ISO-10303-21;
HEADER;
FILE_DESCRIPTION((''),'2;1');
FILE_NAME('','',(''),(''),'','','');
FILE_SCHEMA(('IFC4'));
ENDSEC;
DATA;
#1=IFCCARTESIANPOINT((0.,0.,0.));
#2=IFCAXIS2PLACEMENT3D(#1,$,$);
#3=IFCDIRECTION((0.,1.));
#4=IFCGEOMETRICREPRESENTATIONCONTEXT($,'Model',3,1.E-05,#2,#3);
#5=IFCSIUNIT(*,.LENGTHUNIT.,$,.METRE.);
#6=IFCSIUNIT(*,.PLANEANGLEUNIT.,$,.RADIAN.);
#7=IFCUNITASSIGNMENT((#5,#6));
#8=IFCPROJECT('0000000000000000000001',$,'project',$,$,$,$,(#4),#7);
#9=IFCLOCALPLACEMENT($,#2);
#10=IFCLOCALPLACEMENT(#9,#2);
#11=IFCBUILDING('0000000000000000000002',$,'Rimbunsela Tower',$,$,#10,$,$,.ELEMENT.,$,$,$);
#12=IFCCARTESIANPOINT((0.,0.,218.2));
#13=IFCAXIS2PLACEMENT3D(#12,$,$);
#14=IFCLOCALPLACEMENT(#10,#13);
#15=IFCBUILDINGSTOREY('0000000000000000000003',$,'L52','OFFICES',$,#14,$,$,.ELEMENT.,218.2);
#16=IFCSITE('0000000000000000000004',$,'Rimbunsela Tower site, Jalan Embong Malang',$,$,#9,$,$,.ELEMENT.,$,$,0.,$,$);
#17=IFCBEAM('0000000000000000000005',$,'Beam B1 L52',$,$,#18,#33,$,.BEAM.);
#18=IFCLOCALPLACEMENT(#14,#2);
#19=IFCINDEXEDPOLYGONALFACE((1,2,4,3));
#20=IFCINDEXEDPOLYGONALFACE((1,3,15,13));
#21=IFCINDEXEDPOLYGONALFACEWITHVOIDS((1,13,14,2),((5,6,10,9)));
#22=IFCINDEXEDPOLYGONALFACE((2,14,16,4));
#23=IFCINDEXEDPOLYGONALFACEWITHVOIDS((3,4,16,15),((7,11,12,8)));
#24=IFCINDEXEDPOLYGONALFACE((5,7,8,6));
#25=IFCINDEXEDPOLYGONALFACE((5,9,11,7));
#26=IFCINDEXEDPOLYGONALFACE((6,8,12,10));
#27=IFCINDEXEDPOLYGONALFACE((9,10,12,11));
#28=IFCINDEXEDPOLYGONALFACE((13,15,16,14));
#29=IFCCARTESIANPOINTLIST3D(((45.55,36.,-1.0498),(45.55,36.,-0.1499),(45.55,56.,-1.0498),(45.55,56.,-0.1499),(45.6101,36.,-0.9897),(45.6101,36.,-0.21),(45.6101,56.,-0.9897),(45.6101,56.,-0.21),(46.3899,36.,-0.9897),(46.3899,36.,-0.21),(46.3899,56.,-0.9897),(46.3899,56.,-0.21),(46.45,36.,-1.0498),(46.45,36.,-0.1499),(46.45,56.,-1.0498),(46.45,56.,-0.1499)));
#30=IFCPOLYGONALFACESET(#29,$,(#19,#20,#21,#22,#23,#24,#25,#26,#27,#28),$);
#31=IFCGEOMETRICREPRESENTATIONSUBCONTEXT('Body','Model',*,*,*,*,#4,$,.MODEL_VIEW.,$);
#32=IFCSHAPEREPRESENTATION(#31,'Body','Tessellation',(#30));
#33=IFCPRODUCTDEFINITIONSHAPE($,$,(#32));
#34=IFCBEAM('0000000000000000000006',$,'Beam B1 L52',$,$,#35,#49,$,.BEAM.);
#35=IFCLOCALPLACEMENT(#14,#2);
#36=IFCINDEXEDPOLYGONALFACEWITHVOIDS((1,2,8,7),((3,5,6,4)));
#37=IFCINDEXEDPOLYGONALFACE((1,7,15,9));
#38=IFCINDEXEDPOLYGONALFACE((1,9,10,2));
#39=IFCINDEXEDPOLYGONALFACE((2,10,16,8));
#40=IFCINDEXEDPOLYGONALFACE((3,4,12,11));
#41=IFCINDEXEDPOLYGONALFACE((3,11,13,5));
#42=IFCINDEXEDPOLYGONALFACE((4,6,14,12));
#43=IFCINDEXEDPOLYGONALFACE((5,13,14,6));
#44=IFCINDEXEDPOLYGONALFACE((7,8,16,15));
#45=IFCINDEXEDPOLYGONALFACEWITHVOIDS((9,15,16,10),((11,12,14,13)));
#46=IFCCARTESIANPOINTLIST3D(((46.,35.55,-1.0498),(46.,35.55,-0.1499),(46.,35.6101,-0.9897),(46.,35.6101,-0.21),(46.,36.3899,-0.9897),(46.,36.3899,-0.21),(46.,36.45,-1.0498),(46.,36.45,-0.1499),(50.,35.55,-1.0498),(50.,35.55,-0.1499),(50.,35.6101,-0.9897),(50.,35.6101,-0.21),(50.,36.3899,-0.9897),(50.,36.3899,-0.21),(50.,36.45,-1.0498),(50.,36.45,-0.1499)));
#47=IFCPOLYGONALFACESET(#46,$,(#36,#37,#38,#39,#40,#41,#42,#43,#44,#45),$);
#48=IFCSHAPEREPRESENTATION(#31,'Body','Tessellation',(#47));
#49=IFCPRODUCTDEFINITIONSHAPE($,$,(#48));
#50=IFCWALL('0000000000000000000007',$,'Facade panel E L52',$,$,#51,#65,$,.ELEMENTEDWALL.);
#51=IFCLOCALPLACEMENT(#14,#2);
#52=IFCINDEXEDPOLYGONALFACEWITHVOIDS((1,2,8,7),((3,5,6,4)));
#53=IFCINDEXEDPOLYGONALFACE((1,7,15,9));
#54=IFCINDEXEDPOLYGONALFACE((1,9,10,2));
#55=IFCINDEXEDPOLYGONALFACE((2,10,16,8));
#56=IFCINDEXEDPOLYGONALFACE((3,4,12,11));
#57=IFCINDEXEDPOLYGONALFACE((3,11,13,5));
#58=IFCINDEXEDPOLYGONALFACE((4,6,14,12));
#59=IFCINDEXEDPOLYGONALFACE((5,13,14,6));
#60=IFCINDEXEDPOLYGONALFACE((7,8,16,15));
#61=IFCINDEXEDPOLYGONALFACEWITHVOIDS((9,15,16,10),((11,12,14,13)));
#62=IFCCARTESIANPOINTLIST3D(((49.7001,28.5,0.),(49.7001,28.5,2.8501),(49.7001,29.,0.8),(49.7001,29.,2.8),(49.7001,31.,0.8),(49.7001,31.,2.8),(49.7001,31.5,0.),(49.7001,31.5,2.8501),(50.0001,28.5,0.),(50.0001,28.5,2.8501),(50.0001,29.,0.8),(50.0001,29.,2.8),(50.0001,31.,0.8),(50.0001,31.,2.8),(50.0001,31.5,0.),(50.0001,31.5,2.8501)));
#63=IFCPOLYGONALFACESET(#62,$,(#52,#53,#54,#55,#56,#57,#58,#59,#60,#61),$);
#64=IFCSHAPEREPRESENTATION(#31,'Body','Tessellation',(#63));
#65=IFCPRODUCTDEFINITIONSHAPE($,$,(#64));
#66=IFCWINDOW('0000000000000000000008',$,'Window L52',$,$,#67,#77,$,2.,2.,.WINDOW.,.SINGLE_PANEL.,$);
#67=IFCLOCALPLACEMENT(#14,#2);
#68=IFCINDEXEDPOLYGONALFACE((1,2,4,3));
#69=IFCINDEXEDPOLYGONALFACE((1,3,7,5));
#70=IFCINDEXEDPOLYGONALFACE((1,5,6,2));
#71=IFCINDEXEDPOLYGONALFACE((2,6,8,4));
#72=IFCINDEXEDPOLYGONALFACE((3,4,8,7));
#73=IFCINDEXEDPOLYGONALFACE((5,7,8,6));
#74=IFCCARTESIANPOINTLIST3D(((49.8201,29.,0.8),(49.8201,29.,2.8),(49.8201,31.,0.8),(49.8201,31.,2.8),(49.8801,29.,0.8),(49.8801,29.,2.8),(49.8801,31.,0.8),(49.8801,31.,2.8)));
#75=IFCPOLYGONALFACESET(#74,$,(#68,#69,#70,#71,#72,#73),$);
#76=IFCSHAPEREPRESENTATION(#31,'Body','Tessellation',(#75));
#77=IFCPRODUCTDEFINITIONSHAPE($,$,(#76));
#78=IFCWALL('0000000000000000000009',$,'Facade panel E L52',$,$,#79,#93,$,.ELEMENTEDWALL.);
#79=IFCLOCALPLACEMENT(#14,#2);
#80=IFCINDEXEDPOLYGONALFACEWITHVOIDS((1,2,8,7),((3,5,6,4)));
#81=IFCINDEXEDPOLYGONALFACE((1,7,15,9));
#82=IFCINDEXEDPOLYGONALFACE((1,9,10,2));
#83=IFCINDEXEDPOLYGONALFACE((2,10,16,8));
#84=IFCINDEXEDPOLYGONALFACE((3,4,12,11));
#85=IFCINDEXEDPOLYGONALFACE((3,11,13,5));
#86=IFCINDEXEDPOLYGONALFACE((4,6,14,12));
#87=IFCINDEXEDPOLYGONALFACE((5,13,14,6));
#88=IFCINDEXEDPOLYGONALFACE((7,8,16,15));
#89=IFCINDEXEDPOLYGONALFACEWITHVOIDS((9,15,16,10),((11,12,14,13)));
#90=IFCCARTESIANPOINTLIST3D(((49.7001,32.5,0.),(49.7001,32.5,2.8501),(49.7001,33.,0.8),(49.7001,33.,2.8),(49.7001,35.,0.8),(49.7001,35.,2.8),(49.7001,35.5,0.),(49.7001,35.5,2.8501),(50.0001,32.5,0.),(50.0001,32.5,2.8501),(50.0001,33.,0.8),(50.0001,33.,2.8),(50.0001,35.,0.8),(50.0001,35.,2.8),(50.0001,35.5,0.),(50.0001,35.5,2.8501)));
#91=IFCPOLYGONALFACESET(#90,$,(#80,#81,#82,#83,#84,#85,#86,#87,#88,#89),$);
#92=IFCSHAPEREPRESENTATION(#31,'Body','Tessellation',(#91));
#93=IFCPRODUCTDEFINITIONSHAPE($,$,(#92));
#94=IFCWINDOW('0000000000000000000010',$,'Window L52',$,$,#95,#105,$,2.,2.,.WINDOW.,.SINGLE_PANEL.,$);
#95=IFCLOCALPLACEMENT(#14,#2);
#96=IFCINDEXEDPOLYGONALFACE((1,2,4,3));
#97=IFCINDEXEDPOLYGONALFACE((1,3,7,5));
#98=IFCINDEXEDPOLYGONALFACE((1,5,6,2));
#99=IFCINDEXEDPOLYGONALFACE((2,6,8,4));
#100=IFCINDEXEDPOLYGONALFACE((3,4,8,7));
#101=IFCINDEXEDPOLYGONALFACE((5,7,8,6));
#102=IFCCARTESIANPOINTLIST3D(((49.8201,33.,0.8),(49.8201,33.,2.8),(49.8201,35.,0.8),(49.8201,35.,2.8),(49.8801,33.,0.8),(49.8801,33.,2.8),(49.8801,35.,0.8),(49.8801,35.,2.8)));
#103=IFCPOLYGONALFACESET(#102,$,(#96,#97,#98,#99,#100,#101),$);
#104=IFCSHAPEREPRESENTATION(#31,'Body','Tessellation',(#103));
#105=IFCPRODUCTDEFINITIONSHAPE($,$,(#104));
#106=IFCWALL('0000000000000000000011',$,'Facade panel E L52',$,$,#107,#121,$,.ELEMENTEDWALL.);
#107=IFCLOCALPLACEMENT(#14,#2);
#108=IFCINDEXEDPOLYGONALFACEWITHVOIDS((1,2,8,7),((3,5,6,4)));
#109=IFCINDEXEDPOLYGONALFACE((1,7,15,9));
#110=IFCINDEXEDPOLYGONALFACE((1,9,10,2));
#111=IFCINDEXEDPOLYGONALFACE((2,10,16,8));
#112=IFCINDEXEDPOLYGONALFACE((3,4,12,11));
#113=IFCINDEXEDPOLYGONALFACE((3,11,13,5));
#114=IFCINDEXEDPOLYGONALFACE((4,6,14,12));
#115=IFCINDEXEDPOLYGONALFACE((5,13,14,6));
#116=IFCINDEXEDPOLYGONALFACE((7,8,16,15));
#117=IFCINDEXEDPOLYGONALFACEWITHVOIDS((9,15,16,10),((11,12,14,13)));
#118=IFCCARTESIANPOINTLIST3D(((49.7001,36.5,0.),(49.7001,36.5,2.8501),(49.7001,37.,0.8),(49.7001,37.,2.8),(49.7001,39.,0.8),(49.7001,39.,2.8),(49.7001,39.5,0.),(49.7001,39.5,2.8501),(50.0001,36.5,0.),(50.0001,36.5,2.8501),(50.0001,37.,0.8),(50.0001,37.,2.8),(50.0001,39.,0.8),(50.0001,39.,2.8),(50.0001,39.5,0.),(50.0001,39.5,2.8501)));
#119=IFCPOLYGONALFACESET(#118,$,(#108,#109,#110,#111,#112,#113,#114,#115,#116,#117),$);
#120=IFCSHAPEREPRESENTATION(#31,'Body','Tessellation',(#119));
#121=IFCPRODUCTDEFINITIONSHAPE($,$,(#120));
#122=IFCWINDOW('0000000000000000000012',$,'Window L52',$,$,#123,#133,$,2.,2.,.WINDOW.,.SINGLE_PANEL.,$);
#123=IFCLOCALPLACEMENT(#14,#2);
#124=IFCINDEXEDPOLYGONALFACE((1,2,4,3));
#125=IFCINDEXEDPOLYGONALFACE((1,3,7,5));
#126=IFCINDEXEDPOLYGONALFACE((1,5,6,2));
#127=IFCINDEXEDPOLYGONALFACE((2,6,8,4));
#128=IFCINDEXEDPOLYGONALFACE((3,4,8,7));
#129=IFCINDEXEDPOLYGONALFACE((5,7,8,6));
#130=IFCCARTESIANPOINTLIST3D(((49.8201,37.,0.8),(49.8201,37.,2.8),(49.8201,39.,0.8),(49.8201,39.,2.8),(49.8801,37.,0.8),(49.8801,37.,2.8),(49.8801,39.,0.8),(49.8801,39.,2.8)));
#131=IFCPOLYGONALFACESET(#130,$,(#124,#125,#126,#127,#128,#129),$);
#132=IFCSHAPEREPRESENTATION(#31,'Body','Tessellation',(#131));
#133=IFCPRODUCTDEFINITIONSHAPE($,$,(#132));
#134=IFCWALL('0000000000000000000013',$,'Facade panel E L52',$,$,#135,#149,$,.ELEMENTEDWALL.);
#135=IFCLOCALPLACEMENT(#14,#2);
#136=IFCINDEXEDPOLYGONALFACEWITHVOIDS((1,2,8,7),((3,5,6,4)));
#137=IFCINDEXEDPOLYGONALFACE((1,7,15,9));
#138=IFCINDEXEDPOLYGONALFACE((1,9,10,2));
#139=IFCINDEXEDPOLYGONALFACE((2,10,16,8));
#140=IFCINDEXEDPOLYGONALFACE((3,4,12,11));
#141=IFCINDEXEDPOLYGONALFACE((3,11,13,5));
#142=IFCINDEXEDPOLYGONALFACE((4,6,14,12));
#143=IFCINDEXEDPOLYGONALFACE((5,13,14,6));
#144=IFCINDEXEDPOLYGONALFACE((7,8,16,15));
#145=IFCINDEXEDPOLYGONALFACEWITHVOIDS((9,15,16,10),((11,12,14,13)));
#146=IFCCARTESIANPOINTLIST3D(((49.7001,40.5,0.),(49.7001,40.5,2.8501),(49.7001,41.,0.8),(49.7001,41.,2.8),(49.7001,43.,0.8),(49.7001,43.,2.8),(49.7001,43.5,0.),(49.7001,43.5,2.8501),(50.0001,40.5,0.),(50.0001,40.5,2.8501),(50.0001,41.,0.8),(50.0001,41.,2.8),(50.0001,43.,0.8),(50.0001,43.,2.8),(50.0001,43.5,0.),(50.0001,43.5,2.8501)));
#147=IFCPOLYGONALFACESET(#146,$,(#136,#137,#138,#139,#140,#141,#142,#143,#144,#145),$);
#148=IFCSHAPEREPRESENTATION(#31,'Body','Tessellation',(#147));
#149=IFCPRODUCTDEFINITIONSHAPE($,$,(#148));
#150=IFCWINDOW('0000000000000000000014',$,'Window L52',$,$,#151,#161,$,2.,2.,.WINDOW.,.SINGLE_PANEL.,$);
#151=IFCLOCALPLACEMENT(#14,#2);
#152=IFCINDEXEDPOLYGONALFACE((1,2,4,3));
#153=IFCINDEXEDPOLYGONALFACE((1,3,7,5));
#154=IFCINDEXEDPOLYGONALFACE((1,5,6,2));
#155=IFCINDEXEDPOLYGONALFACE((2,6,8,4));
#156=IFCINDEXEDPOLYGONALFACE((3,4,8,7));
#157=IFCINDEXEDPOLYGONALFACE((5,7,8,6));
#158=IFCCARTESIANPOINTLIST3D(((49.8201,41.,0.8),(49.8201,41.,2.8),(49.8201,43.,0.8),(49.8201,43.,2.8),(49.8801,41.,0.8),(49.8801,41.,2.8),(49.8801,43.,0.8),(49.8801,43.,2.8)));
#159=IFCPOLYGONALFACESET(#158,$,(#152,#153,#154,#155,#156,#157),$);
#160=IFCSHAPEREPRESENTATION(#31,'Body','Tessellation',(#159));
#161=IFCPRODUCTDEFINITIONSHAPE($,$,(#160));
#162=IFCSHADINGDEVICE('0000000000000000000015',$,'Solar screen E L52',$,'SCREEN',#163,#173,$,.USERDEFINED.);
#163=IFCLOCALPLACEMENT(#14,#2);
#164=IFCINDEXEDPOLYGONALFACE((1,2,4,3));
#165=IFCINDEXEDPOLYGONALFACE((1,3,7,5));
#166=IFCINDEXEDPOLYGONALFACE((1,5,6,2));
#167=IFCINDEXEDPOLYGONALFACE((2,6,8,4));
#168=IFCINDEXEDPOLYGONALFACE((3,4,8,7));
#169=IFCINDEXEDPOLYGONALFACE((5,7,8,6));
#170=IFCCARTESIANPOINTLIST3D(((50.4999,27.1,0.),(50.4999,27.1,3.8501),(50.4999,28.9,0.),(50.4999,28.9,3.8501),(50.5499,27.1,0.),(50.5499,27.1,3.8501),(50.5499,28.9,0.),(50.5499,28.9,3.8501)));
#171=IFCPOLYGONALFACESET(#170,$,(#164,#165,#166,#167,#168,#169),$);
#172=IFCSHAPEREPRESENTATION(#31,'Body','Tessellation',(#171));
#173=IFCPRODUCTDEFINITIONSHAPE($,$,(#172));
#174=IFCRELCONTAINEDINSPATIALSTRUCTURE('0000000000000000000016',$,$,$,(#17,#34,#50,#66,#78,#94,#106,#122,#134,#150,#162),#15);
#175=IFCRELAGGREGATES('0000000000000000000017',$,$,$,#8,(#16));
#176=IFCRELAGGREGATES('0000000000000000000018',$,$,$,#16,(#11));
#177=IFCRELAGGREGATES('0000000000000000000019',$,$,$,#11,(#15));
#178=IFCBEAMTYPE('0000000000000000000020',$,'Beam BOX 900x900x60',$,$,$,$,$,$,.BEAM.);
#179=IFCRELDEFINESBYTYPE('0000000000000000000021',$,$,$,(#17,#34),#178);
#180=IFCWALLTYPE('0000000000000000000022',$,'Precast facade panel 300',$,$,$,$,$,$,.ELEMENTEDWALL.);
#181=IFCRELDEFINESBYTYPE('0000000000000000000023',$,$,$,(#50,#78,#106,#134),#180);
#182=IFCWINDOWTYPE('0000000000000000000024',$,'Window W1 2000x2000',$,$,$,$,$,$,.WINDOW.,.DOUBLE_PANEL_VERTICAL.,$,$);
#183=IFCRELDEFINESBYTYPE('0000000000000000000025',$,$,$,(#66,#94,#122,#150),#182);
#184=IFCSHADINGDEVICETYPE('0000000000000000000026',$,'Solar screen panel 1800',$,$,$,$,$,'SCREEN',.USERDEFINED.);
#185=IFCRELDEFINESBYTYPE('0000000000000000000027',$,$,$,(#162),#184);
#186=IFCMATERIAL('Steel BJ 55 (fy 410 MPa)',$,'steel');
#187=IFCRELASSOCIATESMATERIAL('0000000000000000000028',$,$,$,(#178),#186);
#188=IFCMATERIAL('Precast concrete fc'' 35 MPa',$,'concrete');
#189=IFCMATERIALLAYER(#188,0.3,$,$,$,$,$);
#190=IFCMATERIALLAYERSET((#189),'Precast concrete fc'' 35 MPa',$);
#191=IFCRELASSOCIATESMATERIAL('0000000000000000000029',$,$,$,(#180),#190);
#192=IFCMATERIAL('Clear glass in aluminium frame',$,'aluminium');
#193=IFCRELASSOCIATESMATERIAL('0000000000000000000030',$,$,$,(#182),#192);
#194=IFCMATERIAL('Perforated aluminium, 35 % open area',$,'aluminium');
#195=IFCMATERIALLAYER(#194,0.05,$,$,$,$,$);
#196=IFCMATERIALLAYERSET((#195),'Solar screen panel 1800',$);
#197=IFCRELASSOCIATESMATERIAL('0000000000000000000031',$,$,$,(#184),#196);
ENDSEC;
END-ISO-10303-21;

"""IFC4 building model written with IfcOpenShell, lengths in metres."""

from ifc_helpers import new_model, si_unit, direction, frame, frame_2d, origin, origin_2d, place, context, subcontext, project, spatial, rectangle, hollow_rectangle, extrude, material, layer, layer_set, material_profile, profile_set, type_object, element, fill, save


model = new_model("IFC4")

# Units and contexts
model_context = context("Model", 3, precision=1e-05, world=origin(), true_north=direction((0.0, 1.0)))
body_context = subcontext(model_context, "Body", "Model", "MODEL_VIEW")
ifc_project = project(units=[si_unit("LENGTHUNIT", "METRE"), si_unit("PLANEANGLEUNIT", "RADIAN")], contexts=[model_context])

# Site, building, storey
site_placement = place(None, origin())
site = spatial("IfcSite", under=ifc_project, at=site_placement, Name="Rimbunsela Tower site, Jalan Embong Malang", CompositionType="ELEMENT", RefElevation=0.0)
building_placement = place(site_placement, origin())
building = spatial("IfcBuilding", under=site, at=building_placement, Name="Rimbunsela Tower", CompositionType="ELEMENT")
storey_placement = place(building_placement, frame((0.0, 0.0, 218.2)))
storey = spatial("IfcBuildingStorey", under=building, at=storey_placement, Name="L52", Description="OFFICES", CompositionType="ELEMENT", Elevation=218.2)

# Beams
ifc_material_1 = material(Name="Steel BJ 55 (fy 410 MPa)", Category="steel")
ifc_material_profile_1 = material_profile(ifc_material_1, hollow_rectangle(XDim=0.8999, YDim=0.8999, WallThickness=0.0601, at=origin_2d()), Name="BOX 900x900x60")
ifc_profile_set_1 = profile_set([ifc_material_profile_1], Name="Steel BJ 55 (fy 410 MPa)")
beam_type_1 = type_object("IfcBeamType", Name="Beam BOX 900x900x60", PredefinedType="BEAM", material=ifc_profile_set_1)
beam_1_placement = place(storey_placement, frame((46.0, 36.0, -0.5999), z_axis=(0.0, 1.0, 0.0), x_axis=(-1.0, 0.0, 0.0)))
element("IfcBeam", 1, at=beam_1_placement, inside=storey, type_object=beam_type_1, Name="Beam B1 L52", PredefinedType="BEAM", context=body_context, shape_type="SweptSolid", body=[
    extrude(hollow_rectangle(XDim=0.8999, YDim=0.8999, WallThickness=0.0601, at=origin_2d()), origin(), (0.0, 0.0, 1.0), 20.0),
])
beam_2_placement = place(storey_placement, frame((46.0, 36.0, -0.5999), z_axis=(1.0, 0.0, 0.0), x_axis=(0.0, 1.0, 0.0)))
element("IfcBeam", 2, at=beam_2_placement, inside=storey, type_object=beam_type_1, Name="Beam B1 L52", PredefinedType="BEAM", context=body_context, shape_type="SweptSolid", body=[
    extrude(hollow_rectangle(XDim=0.8999, YDim=0.8999, WallThickness=0.0601, at=origin_2d()), origin(), (0.0, 0.0, 1.0), 4.0),
])

# Walls, openings, windows
ifc_material_2 = material(Name="Precast concrete fc' 35 MPa", Category="concrete")
ifc_layer_1 = layer(ifc_material_2, 0.3)
ifc_layer_set_1 = layer_set([ifc_layer_1], Name="Precast concrete fc' 35 MPa")
wall_type = type_object("IfcWallType", Name="Precast facade panel 300", PredefinedType="ELEMENTEDWALL", material=ifc_layer_set_1)
wall_1_placement = place(storey_placement, frame((49.8501, 28.5, 0.0), z_axis=(0.0, 0.0, 1.0), x_axis=(0.0, 1.0, 0.0)))
wall_1 = element("IfcWall", 3, at=wall_1_placement, inside=storey, type_object=wall_type, Name="Facade panel E L52", PredefinedType="ELEMENTEDWALL", context=body_context, shape_type="SweptSolid", body=[
    extrude(rectangle(XDim=3.0, YDim=0.3, at=frame_2d((1.5, 0.0))), origin(), (0.0, 0.0, 1.0), 2.8501),
])
opening_1_placement = place(wall_1_placement, frame((0.5, 0.0, 0.8)))
opening_1 = element("IfcOpeningElement", 4, at=opening_1_placement, cuts=wall_1, PredefinedType="OPENING", context=body_context, shape_type="SweptSolid", body=[
    extrude(rectangle(XDim=2.0, YDim=2.0, at=frame_2d((1.0, 1.0))), frame((0.0, 0.1599, 0.0), z_axis=(0.0, -1.0, 0.0), x_axis=(1.0, 0.0, 0.0)), (0.0, 0.0, 1.0), 0.3201),
])
ifc_material_3 = material(Name="Clear glass in aluminium frame", Category="aluminium")
window_type = type_object("IfcWindowType", Name="Window W1 2000x2000", PartitioningType="DOUBLE_PANEL_VERTICAL", PredefinedType="WINDOW", material=ifc_material_3)
window_1_placement = place(opening_1_placement, origin())
window_1 = element("IfcWindow", 5, at=window_1_placement, inside=storey, type_object=window_type, Name="Window L52", OverallHeight=2.0, OverallWidth=2.0, PartitioningType="SINGLE_PANEL", PredefinedType="WINDOW", context=body_context, shape_type="SweptSolid", body=[
    extrude(rectangle(XDim=2.0, YDim=2.0, at=frame_2d((1.0, 1.0))), frame((0.0, 0.03, 0.0), z_axis=(0.0, -1.0, 0.0), x_axis=(1.0, 0.0, 0.0)), (0.0, 0.0, 1.0), 0.0601),
])
fill(opening_1, window_1)
wall_2_placement = place(storey_placement, frame((49.8501, 32.5, 0.0), z_axis=(0.0, 0.0, 1.0), x_axis=(0.0, 1.0, 0.0)))
wall_2 = element("IfcWall", 6, at=wall_2_placement, inside=storey, type_object=wall_type, Name="Facade panel E L52", PredefinedType="ELEMENTEDWALL", context=body_context, shape_type="SweptSolid", body=[
    extrude(rectangle(XDim=3.0, YDim=0.3, at=frame_2d((1.5, 0.0))), origin(), (0.0, 0.0, 1.0), 2.8501),
])
opening_2_placement = place(wall_2_placement, frame((0.5, 0.0, 0.8)))
opening_2 = element("IfcOpeningElement", 7, at=opening_2_placement, cuts=wall_2, PredefinedType="OPENING", context=body_context, shape_type="SweptSolid", body=[
    extrude(rectangle(XDim=2.0, YDim=2.0, at=frame_2d((1.0, 1.0))), frame((0.0, 0.1599, 0.0), z_axis=(0.0, -1.0, 0.0), x_axis=(1.0, 0.0, 0.0)), (0.0, 0.0, 1.0), 0.3201),
])
window_2_placement = place(opening_2_placement, origin())
window_2 = element("IfcWindow", 8, at=window_2_placement, inside=storey, type_object=window_type, Name="Window L52", OverallHeight=2.0, OverallWidth=2.0, PartitioningType="SINGLE_PANEL", PredefinedType="WINDOW", context=body_context, shape_type="SweptSolid", body=[
    extrude(rectangle(XDim=2.0, YDim=2.0, at=frame_2d((1.0, 1.0))), frame((0.0, 0.03, 0.0), z_axis=(0.0, -1.0, 0.0), x_axis=(1.0, 0.0, 0.0)), (0.0, 0.0, 1.0), 0.0601),
])
fill(opening_2, window_2)
wall_3_placement = place(storey_placement, frame((49.8501, 36.5, 0.0), z_axis=(0.0, 0.0, 1.0), x_axis=(0.0, 1.0, 0.0)))
wall_3 = element("IfcWall", 9, at=wall_3_placement, inside=storey, type_object=wall_type, Name="Facade panel E L52", PredefinedType="ELEMENTEDWALL", context=body_context, shape_type="SweptSolid", body=[
    extrude(rectangle(XDim=3.0, YDim=0.3, at=frame_2d((1.5, 0.0))), origin(), (0.0, 0.0, 1.0), 2.8501),
])
opening_3_placement = place(wall_3_placement, frame((0.5, 0.0, 0.8)))
opening_3 = element("IfcOpeningElement", 10, at=opening_3_placement, cuts=wall_3, PredefinedType="OPENING", context=body_context, shape_type="SweptSolid", body=[
    extrude(rectangle(XDim=2.0, YDim=2.0, at=frame_2d((1.0, 1.0))), frame((0.0, 0.1599, 0.0), z_axis=(0.0, -1.0, 0.0), x_axis=(1.0, 0.0, 0.0)), (0.0, 0.0, 1.0), 0.3201),
])
window_3_placement = place(opening_3_placement, origin())
window_3 = element("IfcWindow", 11, at=window_3_placement, inside=storey, type_object=window_type, Name="Window L52", OverallHeight=2.0, OverallWidth=2.0, PartitioningType="SINGLE_PANEL", PredefinedType="WINDOW", context=body_context, shape_type="SweptSolid", body=[
    extrude(rectangle(XDim=2.0, YDim=2.0, at=frame_2d((1.0, 1.0))), frame((0.0, 0.03, 0.0), z_axis=(0.0, -1.0, 0.0), x_axis=(1.0, 0.0, 0.0)), (0.0, 0.0, 1.0), 0.0601),
])
fill(opening_3, window_3)
wall_4_placement = place(storey_placement, frame((49.8501, 40.5, 0.0), z_axis=(0.0, 0.0, 1.0), x_axis=(0.0, 1.0, 0.0)))
wall_4 = element("IfcWall", 12, at=wall_4_placement, inside=storey, type_object=wall_type, Name="Facade panel E L52", PredefinedType="ELEMENTEDWALL", context=body_context, shape_type="SweptSolid", body=[
    extrude(rectangle(XDim=3.0, YDim=0.3, at=frame_2d((1.5, 0.0))), origin(), (0.0, 0.0, 1.0), 2.8501),
])
opening_4_placement = place(wall_4_placement, frame((0.5, 0.0, 0.8)))
opening_4 = element("IfcOpeningElement", 13, at=opening_4_placement, cuts=wall_4, PredefinedType="OPENING", context=body_context, shape_type="SweptSolid", body=[
    extrude(rectangle(XDim=2.0, YDim=2.0, at=frame_2d((1.0, 1.0))), frame((0.0, 0.1599, 0.0), z_axis=(0.0, -1.0, 0.0), x_axis=(1.0, 0.0, 0.0)), (0.0, 0.0, 1.0), 0.3201),
])
window_4_placement = place(opening_4_placement, origin())
window_4 = element("IfcWindow", 14, at=window_4_placement, inside=storey, type_object=window_type, Name="Window L52", OverallHeight=2.0, OverallWidth=2.0, PartitioningType="SINGLE_PANEL", PredefinedType="WINDOW", context=body_context, shape_type="SweptSolid", body=[
    extrude(rectangle(XDim=2.0, YDim=2.0, at=frame_2d((1.0, 1.0))), frame((0.0, 0.03, 0.0), z_axis=(0.0, -1.0, 0.0), x_axis=(1.0, 0.0, 0.0)), (0.0, 0.0, 1.0), 0.0601),
])
fill(opening_4, window_4)

# Shading device
ifc_material_4 = material(Name="Perforated aluminium, 35 % open area", Category="aluminium")
ifc_layer_2 = layer(ifc_material_4, 0.05)
ifc_layer_set_2 = layer_set([ifc_layer_2], Name="Solar screen panel 1800")
shading_device_type = type_object("IfcShadingDeviceType", Name="Solar screen panel 1800", ElementType="SCREEN", PredefinedType="USERDEFINED", material=ifc_layer_set_2)
for number, where, z_axis, x_axis, name in (
    (15, (50.5249, 28.0, 0.0), (0.0, 0.0, 1.0), (0.0, 1.0, 0.0), "Solar screen E L52"),
):
    element("IfcShadingDevice", number, at=place(storey_placement, frame(where, z_axis=z_axis, x_axis=x_axis)), inside=storey, type_object=shading_device_type, Name=name, ObjectType="SCREEN", PredefinedType="USERDEFINED", context=body_context, shape_type="SweptSolid", body=[
        extrude(rectangle(XDim=1.8, YDim=0.05, at=origin_2d()), origin(), (0.0, 0.0, 1.0), 3.8501),
    ])

save(model, "model.ifc")
